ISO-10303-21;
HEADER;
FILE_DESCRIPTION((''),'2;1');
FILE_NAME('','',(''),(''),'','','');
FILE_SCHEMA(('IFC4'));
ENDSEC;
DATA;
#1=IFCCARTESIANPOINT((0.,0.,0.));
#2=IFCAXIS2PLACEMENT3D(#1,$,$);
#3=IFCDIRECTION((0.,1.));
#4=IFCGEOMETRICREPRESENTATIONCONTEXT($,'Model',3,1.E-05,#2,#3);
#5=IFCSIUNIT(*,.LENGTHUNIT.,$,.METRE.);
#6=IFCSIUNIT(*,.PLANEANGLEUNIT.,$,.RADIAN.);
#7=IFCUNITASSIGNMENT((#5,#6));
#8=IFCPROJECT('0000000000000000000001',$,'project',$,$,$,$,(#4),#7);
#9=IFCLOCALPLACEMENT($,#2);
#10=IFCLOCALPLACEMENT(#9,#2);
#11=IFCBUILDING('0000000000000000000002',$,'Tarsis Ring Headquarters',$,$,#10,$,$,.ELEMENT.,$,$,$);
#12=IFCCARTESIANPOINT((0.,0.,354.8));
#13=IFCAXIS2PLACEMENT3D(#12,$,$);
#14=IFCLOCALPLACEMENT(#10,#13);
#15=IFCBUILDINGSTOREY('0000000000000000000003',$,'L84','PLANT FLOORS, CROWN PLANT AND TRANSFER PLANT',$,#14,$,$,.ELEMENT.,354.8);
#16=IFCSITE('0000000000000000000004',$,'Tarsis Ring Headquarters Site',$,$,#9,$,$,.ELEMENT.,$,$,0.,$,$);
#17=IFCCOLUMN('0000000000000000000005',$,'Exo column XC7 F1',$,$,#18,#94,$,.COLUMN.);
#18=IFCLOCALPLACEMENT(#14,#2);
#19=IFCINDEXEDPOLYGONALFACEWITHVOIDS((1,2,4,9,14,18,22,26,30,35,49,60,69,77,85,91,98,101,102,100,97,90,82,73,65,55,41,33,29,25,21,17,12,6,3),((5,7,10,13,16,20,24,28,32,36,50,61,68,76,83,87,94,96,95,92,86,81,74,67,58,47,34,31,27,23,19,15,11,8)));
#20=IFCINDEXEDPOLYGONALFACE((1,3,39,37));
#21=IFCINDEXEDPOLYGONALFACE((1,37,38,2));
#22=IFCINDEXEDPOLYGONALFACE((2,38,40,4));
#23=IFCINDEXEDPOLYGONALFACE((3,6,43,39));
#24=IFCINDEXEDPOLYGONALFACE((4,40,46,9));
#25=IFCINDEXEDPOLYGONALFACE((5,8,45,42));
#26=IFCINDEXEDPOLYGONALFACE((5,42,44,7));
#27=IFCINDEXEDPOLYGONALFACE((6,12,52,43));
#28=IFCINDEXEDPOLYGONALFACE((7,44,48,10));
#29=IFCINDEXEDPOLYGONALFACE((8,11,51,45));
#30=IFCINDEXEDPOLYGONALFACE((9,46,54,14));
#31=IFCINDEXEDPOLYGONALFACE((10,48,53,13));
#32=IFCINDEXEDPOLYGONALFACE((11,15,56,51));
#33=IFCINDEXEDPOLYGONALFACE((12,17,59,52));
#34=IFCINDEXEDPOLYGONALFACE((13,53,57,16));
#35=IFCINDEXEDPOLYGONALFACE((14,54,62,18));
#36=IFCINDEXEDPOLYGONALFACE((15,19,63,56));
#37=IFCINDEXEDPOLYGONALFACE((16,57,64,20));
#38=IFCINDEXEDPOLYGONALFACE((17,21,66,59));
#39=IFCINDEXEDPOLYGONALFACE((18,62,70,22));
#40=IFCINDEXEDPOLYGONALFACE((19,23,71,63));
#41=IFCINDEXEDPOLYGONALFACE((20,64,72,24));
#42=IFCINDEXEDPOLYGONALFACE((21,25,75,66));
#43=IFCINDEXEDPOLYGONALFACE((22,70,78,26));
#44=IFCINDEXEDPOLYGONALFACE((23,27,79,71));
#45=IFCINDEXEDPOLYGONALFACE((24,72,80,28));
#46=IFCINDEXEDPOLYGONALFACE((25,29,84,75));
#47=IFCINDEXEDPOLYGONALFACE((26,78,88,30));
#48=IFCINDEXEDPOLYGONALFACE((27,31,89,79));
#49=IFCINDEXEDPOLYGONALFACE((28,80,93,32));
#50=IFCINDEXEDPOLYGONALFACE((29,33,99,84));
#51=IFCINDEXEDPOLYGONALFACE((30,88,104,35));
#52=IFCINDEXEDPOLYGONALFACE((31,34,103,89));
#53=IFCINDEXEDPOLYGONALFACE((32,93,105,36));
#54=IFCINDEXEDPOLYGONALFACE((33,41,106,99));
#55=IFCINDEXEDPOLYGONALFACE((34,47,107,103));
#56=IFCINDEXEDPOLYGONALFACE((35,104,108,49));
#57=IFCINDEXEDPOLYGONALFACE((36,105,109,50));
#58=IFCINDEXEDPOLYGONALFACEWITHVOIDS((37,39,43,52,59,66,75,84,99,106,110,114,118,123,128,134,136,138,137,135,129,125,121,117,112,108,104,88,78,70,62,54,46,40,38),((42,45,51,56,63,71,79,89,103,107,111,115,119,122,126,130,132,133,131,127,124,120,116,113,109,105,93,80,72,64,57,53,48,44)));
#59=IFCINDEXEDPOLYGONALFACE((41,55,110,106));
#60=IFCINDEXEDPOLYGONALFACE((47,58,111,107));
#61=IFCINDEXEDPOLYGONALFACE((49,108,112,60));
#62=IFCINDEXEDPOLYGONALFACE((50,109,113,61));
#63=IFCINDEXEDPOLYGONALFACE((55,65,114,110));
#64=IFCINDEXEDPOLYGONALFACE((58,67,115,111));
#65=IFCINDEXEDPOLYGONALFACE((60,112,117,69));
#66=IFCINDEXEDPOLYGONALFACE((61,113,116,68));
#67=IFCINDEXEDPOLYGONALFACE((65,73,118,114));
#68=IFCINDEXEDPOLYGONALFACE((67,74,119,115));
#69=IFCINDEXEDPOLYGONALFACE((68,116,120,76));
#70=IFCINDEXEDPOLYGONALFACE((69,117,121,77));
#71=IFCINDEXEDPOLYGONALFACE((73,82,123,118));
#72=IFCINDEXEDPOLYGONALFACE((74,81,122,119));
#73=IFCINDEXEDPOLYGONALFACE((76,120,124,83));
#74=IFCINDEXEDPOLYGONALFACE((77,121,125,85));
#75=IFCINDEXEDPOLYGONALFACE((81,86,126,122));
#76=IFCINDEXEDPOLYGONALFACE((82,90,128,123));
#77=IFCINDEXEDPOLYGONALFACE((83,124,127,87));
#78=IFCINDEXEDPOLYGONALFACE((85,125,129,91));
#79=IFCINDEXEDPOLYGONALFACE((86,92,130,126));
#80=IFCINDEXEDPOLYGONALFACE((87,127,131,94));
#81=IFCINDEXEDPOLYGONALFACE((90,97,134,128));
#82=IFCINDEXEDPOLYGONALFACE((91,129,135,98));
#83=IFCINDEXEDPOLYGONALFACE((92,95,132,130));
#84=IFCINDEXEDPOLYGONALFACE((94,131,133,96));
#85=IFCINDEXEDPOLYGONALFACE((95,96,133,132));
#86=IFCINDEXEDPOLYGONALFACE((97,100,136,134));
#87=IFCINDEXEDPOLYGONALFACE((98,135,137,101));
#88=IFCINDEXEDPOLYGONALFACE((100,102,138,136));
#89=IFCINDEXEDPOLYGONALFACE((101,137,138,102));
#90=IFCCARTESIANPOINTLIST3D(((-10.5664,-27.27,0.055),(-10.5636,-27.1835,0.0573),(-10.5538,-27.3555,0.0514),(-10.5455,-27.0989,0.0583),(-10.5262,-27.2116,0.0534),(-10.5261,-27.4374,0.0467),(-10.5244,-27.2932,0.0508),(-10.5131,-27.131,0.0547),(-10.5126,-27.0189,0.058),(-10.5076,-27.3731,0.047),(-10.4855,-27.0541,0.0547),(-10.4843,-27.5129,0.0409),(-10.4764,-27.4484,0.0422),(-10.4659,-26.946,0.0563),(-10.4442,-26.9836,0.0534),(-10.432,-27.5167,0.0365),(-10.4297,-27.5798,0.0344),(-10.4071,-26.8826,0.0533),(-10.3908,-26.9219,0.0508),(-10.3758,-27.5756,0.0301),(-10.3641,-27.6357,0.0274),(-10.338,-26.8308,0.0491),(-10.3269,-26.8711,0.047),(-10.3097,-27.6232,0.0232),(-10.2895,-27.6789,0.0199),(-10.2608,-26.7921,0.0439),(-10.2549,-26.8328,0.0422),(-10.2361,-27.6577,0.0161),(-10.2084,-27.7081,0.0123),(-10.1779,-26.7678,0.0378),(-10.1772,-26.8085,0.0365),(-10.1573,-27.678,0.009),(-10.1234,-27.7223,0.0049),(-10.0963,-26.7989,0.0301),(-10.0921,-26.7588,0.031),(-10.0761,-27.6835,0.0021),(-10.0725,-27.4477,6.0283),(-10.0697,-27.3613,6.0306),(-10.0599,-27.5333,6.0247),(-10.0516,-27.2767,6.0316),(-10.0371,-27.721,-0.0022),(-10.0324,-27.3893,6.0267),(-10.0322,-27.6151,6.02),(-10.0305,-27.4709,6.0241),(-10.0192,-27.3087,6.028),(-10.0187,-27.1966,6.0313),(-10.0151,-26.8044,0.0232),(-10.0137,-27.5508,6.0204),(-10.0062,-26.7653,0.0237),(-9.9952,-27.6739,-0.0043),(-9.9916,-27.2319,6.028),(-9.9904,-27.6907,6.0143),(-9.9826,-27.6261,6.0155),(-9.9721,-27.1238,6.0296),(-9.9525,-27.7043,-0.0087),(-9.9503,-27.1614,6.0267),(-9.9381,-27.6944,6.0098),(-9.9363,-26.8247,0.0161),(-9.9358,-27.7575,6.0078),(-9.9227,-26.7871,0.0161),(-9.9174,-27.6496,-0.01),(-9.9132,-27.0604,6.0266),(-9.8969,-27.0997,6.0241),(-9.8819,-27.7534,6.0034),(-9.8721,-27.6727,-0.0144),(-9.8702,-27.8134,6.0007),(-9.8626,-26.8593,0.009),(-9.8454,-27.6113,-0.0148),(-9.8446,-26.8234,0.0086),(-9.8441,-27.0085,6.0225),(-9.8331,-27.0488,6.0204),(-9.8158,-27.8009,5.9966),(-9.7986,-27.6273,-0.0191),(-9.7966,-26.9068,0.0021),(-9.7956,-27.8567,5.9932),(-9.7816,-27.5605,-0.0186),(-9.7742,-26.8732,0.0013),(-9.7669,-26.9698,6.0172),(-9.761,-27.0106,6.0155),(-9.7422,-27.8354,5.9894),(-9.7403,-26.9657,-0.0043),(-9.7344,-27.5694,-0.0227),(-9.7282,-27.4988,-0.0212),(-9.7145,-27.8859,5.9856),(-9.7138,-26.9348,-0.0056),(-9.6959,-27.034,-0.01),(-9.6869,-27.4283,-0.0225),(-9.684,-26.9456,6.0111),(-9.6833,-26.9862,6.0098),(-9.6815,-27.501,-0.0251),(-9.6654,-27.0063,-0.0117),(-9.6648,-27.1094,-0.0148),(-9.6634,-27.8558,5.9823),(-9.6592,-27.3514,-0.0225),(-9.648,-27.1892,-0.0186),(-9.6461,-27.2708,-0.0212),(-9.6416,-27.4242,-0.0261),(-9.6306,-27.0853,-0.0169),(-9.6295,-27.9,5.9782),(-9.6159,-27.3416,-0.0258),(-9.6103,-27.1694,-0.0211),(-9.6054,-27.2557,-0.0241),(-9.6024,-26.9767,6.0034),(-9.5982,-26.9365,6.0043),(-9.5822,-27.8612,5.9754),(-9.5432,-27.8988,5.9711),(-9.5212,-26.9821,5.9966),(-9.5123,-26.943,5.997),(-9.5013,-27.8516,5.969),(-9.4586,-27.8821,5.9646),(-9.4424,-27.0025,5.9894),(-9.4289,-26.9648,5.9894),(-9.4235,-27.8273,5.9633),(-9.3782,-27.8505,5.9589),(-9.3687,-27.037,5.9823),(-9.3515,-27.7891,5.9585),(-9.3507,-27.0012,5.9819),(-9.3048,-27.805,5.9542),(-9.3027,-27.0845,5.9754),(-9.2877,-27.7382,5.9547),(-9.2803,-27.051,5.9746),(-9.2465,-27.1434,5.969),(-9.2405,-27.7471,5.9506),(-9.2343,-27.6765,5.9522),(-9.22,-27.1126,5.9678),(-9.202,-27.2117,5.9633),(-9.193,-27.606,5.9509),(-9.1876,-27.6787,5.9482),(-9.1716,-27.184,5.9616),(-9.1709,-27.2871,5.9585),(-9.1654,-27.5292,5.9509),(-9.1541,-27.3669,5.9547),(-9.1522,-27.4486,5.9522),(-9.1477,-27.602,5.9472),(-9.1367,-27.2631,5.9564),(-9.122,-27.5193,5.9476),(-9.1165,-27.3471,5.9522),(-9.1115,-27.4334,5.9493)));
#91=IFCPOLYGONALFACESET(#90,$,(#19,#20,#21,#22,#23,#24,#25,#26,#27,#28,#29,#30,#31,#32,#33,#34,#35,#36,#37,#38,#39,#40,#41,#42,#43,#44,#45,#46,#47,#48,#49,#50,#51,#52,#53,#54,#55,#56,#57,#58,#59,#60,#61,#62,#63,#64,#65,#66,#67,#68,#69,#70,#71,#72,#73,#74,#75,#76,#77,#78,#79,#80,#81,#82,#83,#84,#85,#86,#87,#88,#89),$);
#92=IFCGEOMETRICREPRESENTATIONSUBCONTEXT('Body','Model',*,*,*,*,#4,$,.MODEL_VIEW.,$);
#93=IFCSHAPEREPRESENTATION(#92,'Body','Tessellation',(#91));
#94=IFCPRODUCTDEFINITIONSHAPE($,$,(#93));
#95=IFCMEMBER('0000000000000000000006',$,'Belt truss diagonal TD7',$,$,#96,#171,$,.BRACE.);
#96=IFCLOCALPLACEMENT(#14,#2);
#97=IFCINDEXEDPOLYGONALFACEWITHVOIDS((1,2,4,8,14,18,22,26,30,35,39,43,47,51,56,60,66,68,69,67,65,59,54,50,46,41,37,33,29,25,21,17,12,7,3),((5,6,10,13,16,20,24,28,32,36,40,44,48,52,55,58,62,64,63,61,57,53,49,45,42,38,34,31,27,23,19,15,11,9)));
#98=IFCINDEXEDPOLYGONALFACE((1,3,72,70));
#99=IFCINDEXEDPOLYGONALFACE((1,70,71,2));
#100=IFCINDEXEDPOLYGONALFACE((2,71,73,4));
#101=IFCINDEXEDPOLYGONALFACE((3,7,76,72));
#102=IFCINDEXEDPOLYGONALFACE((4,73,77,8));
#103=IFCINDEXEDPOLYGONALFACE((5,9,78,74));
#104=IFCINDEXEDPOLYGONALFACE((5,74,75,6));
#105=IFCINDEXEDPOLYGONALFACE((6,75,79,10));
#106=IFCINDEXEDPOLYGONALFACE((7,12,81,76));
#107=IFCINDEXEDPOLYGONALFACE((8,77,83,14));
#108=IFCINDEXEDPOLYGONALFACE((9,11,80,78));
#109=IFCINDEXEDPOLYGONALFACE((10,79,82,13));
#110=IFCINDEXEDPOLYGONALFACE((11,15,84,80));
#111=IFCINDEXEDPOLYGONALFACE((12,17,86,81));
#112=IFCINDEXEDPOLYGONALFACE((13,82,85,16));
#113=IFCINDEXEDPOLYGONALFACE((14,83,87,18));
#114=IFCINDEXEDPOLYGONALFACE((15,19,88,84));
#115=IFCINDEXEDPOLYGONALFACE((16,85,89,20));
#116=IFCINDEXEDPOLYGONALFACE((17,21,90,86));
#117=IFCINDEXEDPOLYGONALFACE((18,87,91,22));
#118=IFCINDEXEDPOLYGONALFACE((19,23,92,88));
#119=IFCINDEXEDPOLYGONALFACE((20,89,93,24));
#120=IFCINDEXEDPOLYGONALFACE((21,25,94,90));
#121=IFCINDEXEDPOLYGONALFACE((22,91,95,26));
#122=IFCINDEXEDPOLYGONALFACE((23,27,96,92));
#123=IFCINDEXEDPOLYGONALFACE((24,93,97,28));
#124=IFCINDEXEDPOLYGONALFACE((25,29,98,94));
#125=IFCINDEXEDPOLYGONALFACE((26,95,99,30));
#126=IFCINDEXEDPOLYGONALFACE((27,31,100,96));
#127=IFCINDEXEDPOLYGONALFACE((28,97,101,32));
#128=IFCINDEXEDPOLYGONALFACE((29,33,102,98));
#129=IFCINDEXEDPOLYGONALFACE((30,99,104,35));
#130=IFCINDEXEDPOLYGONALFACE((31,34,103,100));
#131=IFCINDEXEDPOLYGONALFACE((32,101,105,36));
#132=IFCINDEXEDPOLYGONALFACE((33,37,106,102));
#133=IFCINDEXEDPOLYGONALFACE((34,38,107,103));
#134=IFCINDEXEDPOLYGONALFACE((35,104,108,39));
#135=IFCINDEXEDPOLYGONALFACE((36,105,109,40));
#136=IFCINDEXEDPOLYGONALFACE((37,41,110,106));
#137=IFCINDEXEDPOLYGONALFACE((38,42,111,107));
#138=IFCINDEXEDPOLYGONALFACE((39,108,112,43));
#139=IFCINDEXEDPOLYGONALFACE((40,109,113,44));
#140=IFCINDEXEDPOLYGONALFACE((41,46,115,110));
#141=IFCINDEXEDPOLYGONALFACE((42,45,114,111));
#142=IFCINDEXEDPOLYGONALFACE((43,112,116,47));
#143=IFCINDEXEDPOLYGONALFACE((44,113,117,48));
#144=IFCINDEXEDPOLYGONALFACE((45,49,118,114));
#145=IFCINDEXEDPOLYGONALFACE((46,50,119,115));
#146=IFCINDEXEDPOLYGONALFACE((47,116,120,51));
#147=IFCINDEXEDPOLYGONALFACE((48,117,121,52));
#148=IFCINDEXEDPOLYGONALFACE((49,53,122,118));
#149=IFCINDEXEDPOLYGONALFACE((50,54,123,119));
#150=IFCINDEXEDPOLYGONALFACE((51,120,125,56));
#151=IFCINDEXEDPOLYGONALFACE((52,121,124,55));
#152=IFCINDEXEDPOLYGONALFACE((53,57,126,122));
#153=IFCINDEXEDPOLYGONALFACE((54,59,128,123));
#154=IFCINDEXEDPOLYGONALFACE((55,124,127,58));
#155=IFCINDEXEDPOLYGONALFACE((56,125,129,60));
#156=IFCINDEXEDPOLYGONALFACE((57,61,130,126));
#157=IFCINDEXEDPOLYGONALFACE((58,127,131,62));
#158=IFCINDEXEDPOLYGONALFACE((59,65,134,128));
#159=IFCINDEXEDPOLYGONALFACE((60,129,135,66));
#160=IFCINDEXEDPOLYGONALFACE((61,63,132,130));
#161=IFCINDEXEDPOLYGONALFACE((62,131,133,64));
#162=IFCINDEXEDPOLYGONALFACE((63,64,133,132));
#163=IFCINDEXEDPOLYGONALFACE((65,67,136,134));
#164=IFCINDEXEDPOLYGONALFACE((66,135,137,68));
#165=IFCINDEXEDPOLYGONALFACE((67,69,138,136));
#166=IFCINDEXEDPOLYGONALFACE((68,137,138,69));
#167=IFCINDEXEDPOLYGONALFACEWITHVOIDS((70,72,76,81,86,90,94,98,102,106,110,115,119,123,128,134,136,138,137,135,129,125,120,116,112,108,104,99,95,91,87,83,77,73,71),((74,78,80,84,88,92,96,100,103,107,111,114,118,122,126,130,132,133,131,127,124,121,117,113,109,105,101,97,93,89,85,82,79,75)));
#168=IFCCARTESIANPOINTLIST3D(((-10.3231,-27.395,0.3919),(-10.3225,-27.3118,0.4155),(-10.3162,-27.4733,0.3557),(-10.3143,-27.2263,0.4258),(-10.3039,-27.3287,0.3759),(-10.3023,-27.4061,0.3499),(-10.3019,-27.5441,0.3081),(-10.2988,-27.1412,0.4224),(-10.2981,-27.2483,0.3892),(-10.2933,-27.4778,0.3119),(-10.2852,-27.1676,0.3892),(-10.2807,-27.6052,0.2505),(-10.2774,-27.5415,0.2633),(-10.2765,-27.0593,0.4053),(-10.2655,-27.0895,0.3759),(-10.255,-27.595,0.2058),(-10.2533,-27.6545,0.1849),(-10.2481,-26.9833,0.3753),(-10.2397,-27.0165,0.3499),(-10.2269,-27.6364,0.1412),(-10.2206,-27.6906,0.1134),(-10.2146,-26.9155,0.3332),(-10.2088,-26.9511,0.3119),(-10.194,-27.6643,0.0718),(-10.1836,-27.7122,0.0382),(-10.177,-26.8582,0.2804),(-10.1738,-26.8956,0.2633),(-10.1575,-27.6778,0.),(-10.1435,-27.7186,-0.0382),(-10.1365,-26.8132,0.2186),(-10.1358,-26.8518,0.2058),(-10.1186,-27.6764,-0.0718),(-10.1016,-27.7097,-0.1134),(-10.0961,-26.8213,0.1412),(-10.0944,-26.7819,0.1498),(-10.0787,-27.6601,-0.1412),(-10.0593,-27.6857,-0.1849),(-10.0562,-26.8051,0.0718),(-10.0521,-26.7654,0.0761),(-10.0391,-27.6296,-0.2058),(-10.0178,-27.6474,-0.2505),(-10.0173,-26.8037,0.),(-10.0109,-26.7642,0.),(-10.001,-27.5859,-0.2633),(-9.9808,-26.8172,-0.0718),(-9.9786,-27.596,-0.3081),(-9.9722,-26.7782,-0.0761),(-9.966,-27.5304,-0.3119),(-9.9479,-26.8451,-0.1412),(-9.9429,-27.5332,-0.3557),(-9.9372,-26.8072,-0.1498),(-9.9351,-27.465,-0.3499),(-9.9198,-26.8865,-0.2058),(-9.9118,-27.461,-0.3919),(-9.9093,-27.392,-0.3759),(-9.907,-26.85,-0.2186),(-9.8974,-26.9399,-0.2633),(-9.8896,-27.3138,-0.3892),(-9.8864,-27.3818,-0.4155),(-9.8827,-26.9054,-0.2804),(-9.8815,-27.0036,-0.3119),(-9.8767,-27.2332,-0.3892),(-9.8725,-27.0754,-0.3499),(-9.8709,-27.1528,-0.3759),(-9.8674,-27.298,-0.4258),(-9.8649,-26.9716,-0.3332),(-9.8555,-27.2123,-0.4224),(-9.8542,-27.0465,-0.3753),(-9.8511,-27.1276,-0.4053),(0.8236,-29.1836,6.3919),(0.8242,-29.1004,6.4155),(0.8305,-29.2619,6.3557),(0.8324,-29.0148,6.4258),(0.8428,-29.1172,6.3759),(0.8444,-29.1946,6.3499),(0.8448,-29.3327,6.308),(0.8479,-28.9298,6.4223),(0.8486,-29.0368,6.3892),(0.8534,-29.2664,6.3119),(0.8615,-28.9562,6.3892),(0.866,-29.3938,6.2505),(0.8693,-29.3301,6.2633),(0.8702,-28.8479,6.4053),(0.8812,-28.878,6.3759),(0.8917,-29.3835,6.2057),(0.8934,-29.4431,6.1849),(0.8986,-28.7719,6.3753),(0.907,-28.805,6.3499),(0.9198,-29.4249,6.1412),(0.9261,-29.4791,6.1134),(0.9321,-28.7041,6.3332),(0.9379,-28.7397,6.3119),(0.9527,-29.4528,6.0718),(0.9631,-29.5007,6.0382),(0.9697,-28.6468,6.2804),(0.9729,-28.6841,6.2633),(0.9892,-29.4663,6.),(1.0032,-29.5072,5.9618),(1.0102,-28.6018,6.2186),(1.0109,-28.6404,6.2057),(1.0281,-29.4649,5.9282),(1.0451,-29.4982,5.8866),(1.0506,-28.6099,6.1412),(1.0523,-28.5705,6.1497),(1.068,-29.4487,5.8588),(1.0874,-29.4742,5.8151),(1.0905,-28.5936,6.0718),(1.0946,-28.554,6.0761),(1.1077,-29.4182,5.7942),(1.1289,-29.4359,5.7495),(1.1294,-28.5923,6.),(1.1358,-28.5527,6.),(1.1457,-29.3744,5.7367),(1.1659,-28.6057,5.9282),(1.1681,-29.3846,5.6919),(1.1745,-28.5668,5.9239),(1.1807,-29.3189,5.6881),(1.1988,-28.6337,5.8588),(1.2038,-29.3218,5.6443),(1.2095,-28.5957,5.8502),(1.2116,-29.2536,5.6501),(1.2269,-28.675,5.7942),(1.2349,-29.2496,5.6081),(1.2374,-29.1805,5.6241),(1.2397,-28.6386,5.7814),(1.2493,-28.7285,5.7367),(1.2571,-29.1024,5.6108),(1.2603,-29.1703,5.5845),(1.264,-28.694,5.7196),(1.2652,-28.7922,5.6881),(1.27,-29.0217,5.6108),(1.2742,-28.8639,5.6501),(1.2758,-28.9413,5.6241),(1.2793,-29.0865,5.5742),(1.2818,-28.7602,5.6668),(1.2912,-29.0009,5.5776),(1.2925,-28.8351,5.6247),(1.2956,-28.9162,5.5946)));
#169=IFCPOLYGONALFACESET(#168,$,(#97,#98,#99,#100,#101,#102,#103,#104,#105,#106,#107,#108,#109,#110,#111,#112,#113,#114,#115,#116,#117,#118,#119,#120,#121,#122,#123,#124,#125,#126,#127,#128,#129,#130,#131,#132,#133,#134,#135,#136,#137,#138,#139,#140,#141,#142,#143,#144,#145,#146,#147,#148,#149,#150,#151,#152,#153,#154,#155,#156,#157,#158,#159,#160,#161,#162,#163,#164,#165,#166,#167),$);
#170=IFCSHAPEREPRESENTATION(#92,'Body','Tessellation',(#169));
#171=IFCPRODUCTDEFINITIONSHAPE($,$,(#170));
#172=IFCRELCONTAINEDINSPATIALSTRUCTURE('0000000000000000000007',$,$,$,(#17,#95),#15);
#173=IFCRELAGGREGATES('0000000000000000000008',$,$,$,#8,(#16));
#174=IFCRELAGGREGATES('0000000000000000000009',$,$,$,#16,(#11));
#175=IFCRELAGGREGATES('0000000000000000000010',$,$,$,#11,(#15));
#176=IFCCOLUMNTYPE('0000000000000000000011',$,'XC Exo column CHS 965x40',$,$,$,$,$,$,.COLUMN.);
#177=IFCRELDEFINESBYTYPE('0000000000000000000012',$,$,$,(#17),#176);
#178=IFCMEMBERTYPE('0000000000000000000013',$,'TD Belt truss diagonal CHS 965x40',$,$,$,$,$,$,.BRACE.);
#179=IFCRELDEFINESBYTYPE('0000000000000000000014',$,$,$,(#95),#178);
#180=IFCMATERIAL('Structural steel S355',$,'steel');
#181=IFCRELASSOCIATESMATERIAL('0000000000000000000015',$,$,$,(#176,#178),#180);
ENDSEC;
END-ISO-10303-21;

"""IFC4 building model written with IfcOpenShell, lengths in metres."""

from ifc_helpers import new_model, si_unit, direction, frame, origin, origin_2d, place, context, subcontext, project, spatial, hollow_circle, extrude, material, material_profile, profile_set, type_object, element, save


model = new_model("IFC4")

# Units and contexts
model_context = context("Model", 3, precision=1e-05, world=origin(), true_north=direction((0.0, 1.0)))
body_context = subcontext(model_context, "Body", "Model", "MODEL_VIEW")
ifc_project = project(units=[si_unit("LENGTHUNIT", "METRE"), si_unit("PLANEANGLEUNIT", "RADIAN")], contexts=[model_context])

# Site, building, storey
site_placement = place(None, origin())
site = spatial("IfcSite", under=ifc_project, at=site_placement, Name="Tarsis Ring Headquarters Site", CompositionType="ELEMENT", RefElevation=0.0)
building_placement = place(site_placement, origin())
building = spatial("IfcBuilding", under=site, at=building_placement, Name="Tarsis Ring Headquarters", CompositionType="ELEMENT")
storey_placement = place(building_placement, frame((0.0, 0.0, 354.8)))
storey = spatial("IfcBuildingStorey", under=building, at=storey_placement, Name="L84", Description="PLANT FLOORS, CROWN PLANT AND TRANSFER PLANT", CompositionType="ELEMENT", Elevation=354.8)

# Column
ifc_material_1 = material(Name="Structural steel S355", Category="steel")
ifc_material_profile_1 = material_profile(ifc_material_1, hollow_circle(Radius=0.4827, WallThickness=0.04, at=origin_2d()), Name="CHS 965x40")
ifc_profile_set_1 = profile_set([ifc_material_profile_1], Name="Structural steel S355")
column_type = type_object("IfcColumnType", Name="XC Exo column CHS 965x40", PredefinedType="COLUMN", material=ifc_profile_set_1)
column_placement = place(storey_placement, frame((-10.0862, -27.2412, 0.0161), z_axis=(0.082365, -0.02964, 0.996161), x_axis=(0.338604, 0.940929, 0.0)))
element("IfcColumn", 1, at=column_placement, inside=storey, type_object=column_type, Name="Exo column XC7 F1", PredefinedType="COLUMN", context=body_context, shape_type="SweptSolid", body=[
    extrude(hollow_circle(Radius=0.4827, WallThickness=0.04, at=origin_2d()), origin(), (0.0, 0.0, 1.0), 5.9963),
])

# Member
member_type = type_object("IfcMemberType", Name="TD Belt truss diagonal CHS 965x40", PredefinedType="BRACE", material=ifc_profile_set_1)
member_1_placement = place(storey_placement, frame((-10.0874, -27.2407, 0.0), z_axis=(0.87188, -0.1399, 0.469311), x_axis=(0.158431, 0.98737, 0.0)))
element("IfcMember", 2, at=member_1_placement, inside=storey, type_object=member_type, Name="Belt truss diagonal TD7", PredefinedType="BRACE", context=body_context, shape_type="SweptSolid", body=[
    extrude(hollow_circle(Radius=0.4827, WallThickness=0.04, at=origin_2d()), origin(), (0.0, 0.0, 1.0), 12.7847),
])

save(model, "model.ifc")
